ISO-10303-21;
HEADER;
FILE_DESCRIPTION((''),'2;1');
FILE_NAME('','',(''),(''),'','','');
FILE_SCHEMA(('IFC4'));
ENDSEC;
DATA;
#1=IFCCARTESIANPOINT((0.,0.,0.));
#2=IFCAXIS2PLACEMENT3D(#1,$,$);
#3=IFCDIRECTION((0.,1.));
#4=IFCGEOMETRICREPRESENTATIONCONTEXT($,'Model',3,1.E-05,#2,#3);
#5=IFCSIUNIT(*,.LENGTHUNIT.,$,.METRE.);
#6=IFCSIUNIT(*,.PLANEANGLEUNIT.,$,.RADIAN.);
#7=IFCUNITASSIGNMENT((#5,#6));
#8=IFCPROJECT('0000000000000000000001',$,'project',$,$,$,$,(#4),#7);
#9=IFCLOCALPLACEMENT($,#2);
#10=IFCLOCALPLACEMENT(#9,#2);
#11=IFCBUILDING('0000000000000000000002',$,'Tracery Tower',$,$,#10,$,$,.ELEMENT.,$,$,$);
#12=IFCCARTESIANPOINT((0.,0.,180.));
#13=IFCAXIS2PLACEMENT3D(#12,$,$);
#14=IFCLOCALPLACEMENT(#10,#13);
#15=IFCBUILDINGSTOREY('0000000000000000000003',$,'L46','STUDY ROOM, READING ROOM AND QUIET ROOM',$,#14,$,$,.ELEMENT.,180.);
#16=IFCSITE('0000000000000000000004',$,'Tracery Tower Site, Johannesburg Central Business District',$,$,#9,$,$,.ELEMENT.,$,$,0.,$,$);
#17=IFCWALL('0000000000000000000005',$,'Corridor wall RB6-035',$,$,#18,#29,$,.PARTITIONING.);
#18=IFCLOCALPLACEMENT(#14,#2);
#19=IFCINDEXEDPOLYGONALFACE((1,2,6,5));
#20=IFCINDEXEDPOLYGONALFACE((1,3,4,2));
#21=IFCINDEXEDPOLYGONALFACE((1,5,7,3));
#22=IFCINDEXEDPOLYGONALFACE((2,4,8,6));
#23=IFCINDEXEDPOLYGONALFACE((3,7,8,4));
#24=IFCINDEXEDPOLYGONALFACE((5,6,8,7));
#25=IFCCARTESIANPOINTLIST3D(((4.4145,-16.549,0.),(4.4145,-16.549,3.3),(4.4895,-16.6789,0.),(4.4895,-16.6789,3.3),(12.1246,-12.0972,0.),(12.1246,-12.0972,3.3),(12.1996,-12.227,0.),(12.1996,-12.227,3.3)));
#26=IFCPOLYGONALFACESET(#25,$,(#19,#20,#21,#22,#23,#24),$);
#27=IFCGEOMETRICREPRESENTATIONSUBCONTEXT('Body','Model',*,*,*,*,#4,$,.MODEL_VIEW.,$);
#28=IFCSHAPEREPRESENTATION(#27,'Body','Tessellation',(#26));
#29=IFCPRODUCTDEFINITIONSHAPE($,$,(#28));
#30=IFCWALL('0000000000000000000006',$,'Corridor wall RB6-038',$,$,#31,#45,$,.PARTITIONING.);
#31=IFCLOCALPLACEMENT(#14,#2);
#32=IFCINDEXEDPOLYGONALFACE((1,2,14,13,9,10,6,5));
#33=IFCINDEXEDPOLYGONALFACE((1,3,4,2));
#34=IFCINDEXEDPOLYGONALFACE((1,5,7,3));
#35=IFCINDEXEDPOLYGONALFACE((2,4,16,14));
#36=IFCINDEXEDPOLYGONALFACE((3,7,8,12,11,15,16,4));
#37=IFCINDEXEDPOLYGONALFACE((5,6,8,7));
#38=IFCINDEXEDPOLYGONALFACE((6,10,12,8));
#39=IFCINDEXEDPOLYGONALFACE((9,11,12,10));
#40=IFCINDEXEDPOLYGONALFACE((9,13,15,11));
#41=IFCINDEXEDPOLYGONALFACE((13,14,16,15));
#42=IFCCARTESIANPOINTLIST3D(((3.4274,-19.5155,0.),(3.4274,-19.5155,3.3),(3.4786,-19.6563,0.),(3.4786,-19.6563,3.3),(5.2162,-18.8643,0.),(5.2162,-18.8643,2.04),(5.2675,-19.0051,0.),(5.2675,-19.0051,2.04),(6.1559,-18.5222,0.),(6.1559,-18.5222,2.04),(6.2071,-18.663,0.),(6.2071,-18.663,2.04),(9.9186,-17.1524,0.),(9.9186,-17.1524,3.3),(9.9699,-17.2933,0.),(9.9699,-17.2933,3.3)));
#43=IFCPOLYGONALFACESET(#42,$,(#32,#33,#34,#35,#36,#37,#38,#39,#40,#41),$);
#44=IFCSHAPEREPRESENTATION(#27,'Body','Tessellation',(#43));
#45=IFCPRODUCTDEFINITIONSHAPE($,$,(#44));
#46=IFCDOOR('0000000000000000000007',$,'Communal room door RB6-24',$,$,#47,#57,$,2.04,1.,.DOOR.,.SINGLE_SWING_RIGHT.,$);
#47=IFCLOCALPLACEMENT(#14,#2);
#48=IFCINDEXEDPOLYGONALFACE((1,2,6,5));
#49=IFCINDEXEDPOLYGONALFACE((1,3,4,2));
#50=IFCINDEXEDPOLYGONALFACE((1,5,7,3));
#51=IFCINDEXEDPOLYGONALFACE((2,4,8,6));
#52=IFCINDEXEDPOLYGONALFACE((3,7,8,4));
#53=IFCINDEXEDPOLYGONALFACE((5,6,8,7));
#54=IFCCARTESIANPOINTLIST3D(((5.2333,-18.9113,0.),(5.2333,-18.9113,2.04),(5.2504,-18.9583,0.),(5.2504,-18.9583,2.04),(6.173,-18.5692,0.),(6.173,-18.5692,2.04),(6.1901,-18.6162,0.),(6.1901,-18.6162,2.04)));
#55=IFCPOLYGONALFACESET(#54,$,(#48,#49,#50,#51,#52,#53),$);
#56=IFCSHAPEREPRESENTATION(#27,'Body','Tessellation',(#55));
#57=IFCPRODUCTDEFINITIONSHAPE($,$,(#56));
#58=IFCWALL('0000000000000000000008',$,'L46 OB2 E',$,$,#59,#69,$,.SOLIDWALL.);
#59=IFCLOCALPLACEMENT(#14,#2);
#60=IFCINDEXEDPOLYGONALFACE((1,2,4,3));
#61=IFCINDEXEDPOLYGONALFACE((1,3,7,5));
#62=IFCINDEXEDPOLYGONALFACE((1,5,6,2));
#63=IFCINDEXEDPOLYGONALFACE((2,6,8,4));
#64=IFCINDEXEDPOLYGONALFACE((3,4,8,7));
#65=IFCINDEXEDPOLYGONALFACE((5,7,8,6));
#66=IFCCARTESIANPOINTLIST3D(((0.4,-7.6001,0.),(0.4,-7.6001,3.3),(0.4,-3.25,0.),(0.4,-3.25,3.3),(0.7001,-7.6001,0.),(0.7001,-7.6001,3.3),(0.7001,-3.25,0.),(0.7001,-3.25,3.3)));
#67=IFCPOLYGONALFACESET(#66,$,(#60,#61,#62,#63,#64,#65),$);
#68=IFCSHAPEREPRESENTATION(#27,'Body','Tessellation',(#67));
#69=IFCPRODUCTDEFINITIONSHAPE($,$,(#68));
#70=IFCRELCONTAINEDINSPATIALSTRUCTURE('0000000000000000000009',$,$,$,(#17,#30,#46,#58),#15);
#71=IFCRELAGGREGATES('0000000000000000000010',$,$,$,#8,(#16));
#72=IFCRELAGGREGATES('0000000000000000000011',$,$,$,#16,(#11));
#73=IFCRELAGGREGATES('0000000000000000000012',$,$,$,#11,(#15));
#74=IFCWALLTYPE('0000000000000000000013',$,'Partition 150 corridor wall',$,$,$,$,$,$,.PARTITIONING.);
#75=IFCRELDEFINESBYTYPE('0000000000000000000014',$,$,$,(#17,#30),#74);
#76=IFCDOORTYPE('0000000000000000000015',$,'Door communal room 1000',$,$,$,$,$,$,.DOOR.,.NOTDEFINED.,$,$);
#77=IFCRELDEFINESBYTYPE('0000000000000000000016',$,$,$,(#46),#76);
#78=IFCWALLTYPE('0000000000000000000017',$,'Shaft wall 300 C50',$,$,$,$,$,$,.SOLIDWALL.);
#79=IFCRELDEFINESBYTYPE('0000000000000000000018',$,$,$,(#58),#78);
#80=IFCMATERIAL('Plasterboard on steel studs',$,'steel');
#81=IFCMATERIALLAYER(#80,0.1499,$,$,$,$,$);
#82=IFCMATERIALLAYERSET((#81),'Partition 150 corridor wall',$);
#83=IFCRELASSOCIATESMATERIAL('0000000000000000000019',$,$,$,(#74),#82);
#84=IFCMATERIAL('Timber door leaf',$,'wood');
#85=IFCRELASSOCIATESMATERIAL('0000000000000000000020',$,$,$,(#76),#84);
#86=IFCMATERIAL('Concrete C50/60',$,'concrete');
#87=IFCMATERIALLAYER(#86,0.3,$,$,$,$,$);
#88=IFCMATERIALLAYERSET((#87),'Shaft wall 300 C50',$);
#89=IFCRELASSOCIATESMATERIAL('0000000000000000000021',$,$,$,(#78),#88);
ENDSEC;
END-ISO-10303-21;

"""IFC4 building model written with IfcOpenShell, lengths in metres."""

from ifc_helpers import new_model, si_unit, direction, frame, frame_2d, origin, place, context, subcontext, project, spatial, rectangle, extrude, material, layer, layer_set, type_object, element, fill, save


model = new_model("IFC4")

# Units and contexts
model_context = context("Model", 3, precision=1e-05, world=origin(), true_north=direction((0.0, 1.0)))
body_context = subcontext(model_context, "Body", "Model", "MODEL_VIEW")
ifc_project = project(units=[si_unit("LENGTHUNIT", "METRE"), si_unit("PLANEANGLEUNIT", "RADIAN")], contexts=[model_context])

# Site, building, storey
site_placement = place(None, origin())
site = spatial("IfcSite", under=ifc_project, at=site_placement, Name="Tracery Tower Site, Johannesburg Central Business District", CompositionType="ELEMENT", RefElevation=0.0)
building_placement = place(site_placement, origin())
building = spatial("IfcBuilding", under=site, at=building_placement, Name="Tracery Tower", CompositionType="ELEMENT")
storey_placement = place(building_placement, frame((0.0, 0.0, 180.0)))
storey = spatial("IfcBuildingStorey", under=building, at=storey_placement, Name="L46", Description="STUDY ROOM, READING ROOM AND QUIET ROOM", CompositionType="ELEMENT", Elevation=180.0)

# Wall
ifc_material_1 = material(Name="Plasterboard on steel studs", Category="steel")
ifc_layer_1 = layer(ifc_material_1, 0.1499)
ifc_layer_set_1 = layer_set([ifc_layer_1], Name="Partition 150 corridor wall")
wall_type_1 = type_object("IfcWallType", Name="Partition 150 corridor wall", PredefinedType="PARTITIONING", material=ifc_layer_set_1)
wall_1_placement = place(storey_placement, frame((4.4519, -16.614, 0.0), z_axis=(0.0, 0.0, 1.0), x_axis=(0.866005, 0.500035, 0.0)))
element("IfcWall", 1, at=wall_1_placement, inside=storey, type_object=wall_type_1, Name="Corridor wall RB6-035", PredefinedType="PARTITIONING", context=body_context, shape_type="SweptSolid", body=[
    extrude(rectangle(XDim=8.9031, YDim=0.1499, at=frame_2d((4.4517, 0.0))), origin(), (0.0, 0.0, 1.0), 3.3),
])

# Wall, opening, door
wall_2_placement = place(storey_placement, frame((3.4529, -19.5859, 0.0), z_axis=(0.0, 0.0, 1.0), x_axis=(0.939673, 0.342075, 0.0)))
wall_2 = element("IfcWall", 2, at=wall_2_placement, inside=storey, type_object=wall_type_1, Name="Corridor wall RB6-038", PredefinedType="PARTITIONING", context=body_context, shape_type="SweptSolid", body=[
    extrude(rectangle(XDim=6.908, YDim=0.1499, at=frame_2d((3.4541, 0.0))), origin(), (0.0, 0.0, 1.0), 3.3),
])
opening_1_placement = place(wall_2_placement, frame((1.9038, 0.0, 0.0)))
opening_1 = element("IfcOpeningElement", 3, at=opening_1_placement, cuts=wall_2, PredefinedType="OPENING", context=body_context, shape_type="SweptSolid", body=[
    extrude(rectangle(XDim=1.0, YDim=2.04, at=frame_2d((0.5, 1.02))), frame((0.0, 0.075, 0.0), z_axis=(0.0, -1.0, 0.0), x_axis=(1.0, 0.0, 0.0)), (0.0, 0.0, 1.0), 0.1499),
])
ifc_material_2 = material(Name="Timber door leaf", Category="wood")
door_type_1 = type_object("IfcDoorType", Name="Door communal room 1000", OperationType="NOTDEFINED", PredefinedType="DOOR", material=ifc_material_2)
door_1_placement = place(opening_1_placement, origin())
door_1 = element("IfcDoor", 4, at=door_1_placement, inside=storey, type_object=door_type_1, Name="Communal room door RB6-24", OperationType="SINGLE_SWING_RIGHT", OverallHeight=2.04, OverallWidth=1.0, PredefinedType="DOOR", context=body_context, shape_type="SweptSolid", body=[
    extrude(rectangle(XDim=1.0, YDim=2.04, at=frame_2d((0.5, 1.02))), frame((0.0, 0.0249, 0.0), z_axis=(0.0, -1.0, 0.0), x_axis=(1.0, 0.0, 0.0)), (0.0, 0.0, 1.0), 0.05),
])
fill(opening_1, door_1)

# Wall
ifc_material_3 = material(Name="Concrete C50/60", Category="concrete")
ifc_layer_2 = layer(ifc_material_3, 0.3)
ifc_layer_set_2 = layer_set([ifc_layer_2], Name="Shaft wall 300 C50")
wall_type_2 = type_object("IfcWallType", Name="Shaft wall 300 C50", PredefinedType="SOLIDWALL", material=ifc_layer_set_2)
wall_3_placement = place(storey_placement, frame((0.55, -7.6001, 0.0), z_axis=(0.0, 0.0, 1.0), x_axis=(0.0, 1.0, 0.0)))
element("IfcWall", 5, at=wall_3_placement, inside=storey, type_object=wall_type_2, Name="L46 OB2 E", PredefinedType="SOLIDWALL", context=body_context, shape_type="SweptSolid", body=[
    extrude(rectangle(XDim=4.3501, YDim=0.3, at=frame_2d((2.175, 0.0))), origin(), (0.0, 0.0, 1.0), 3.3),
])

save(model, "model.ifc")
